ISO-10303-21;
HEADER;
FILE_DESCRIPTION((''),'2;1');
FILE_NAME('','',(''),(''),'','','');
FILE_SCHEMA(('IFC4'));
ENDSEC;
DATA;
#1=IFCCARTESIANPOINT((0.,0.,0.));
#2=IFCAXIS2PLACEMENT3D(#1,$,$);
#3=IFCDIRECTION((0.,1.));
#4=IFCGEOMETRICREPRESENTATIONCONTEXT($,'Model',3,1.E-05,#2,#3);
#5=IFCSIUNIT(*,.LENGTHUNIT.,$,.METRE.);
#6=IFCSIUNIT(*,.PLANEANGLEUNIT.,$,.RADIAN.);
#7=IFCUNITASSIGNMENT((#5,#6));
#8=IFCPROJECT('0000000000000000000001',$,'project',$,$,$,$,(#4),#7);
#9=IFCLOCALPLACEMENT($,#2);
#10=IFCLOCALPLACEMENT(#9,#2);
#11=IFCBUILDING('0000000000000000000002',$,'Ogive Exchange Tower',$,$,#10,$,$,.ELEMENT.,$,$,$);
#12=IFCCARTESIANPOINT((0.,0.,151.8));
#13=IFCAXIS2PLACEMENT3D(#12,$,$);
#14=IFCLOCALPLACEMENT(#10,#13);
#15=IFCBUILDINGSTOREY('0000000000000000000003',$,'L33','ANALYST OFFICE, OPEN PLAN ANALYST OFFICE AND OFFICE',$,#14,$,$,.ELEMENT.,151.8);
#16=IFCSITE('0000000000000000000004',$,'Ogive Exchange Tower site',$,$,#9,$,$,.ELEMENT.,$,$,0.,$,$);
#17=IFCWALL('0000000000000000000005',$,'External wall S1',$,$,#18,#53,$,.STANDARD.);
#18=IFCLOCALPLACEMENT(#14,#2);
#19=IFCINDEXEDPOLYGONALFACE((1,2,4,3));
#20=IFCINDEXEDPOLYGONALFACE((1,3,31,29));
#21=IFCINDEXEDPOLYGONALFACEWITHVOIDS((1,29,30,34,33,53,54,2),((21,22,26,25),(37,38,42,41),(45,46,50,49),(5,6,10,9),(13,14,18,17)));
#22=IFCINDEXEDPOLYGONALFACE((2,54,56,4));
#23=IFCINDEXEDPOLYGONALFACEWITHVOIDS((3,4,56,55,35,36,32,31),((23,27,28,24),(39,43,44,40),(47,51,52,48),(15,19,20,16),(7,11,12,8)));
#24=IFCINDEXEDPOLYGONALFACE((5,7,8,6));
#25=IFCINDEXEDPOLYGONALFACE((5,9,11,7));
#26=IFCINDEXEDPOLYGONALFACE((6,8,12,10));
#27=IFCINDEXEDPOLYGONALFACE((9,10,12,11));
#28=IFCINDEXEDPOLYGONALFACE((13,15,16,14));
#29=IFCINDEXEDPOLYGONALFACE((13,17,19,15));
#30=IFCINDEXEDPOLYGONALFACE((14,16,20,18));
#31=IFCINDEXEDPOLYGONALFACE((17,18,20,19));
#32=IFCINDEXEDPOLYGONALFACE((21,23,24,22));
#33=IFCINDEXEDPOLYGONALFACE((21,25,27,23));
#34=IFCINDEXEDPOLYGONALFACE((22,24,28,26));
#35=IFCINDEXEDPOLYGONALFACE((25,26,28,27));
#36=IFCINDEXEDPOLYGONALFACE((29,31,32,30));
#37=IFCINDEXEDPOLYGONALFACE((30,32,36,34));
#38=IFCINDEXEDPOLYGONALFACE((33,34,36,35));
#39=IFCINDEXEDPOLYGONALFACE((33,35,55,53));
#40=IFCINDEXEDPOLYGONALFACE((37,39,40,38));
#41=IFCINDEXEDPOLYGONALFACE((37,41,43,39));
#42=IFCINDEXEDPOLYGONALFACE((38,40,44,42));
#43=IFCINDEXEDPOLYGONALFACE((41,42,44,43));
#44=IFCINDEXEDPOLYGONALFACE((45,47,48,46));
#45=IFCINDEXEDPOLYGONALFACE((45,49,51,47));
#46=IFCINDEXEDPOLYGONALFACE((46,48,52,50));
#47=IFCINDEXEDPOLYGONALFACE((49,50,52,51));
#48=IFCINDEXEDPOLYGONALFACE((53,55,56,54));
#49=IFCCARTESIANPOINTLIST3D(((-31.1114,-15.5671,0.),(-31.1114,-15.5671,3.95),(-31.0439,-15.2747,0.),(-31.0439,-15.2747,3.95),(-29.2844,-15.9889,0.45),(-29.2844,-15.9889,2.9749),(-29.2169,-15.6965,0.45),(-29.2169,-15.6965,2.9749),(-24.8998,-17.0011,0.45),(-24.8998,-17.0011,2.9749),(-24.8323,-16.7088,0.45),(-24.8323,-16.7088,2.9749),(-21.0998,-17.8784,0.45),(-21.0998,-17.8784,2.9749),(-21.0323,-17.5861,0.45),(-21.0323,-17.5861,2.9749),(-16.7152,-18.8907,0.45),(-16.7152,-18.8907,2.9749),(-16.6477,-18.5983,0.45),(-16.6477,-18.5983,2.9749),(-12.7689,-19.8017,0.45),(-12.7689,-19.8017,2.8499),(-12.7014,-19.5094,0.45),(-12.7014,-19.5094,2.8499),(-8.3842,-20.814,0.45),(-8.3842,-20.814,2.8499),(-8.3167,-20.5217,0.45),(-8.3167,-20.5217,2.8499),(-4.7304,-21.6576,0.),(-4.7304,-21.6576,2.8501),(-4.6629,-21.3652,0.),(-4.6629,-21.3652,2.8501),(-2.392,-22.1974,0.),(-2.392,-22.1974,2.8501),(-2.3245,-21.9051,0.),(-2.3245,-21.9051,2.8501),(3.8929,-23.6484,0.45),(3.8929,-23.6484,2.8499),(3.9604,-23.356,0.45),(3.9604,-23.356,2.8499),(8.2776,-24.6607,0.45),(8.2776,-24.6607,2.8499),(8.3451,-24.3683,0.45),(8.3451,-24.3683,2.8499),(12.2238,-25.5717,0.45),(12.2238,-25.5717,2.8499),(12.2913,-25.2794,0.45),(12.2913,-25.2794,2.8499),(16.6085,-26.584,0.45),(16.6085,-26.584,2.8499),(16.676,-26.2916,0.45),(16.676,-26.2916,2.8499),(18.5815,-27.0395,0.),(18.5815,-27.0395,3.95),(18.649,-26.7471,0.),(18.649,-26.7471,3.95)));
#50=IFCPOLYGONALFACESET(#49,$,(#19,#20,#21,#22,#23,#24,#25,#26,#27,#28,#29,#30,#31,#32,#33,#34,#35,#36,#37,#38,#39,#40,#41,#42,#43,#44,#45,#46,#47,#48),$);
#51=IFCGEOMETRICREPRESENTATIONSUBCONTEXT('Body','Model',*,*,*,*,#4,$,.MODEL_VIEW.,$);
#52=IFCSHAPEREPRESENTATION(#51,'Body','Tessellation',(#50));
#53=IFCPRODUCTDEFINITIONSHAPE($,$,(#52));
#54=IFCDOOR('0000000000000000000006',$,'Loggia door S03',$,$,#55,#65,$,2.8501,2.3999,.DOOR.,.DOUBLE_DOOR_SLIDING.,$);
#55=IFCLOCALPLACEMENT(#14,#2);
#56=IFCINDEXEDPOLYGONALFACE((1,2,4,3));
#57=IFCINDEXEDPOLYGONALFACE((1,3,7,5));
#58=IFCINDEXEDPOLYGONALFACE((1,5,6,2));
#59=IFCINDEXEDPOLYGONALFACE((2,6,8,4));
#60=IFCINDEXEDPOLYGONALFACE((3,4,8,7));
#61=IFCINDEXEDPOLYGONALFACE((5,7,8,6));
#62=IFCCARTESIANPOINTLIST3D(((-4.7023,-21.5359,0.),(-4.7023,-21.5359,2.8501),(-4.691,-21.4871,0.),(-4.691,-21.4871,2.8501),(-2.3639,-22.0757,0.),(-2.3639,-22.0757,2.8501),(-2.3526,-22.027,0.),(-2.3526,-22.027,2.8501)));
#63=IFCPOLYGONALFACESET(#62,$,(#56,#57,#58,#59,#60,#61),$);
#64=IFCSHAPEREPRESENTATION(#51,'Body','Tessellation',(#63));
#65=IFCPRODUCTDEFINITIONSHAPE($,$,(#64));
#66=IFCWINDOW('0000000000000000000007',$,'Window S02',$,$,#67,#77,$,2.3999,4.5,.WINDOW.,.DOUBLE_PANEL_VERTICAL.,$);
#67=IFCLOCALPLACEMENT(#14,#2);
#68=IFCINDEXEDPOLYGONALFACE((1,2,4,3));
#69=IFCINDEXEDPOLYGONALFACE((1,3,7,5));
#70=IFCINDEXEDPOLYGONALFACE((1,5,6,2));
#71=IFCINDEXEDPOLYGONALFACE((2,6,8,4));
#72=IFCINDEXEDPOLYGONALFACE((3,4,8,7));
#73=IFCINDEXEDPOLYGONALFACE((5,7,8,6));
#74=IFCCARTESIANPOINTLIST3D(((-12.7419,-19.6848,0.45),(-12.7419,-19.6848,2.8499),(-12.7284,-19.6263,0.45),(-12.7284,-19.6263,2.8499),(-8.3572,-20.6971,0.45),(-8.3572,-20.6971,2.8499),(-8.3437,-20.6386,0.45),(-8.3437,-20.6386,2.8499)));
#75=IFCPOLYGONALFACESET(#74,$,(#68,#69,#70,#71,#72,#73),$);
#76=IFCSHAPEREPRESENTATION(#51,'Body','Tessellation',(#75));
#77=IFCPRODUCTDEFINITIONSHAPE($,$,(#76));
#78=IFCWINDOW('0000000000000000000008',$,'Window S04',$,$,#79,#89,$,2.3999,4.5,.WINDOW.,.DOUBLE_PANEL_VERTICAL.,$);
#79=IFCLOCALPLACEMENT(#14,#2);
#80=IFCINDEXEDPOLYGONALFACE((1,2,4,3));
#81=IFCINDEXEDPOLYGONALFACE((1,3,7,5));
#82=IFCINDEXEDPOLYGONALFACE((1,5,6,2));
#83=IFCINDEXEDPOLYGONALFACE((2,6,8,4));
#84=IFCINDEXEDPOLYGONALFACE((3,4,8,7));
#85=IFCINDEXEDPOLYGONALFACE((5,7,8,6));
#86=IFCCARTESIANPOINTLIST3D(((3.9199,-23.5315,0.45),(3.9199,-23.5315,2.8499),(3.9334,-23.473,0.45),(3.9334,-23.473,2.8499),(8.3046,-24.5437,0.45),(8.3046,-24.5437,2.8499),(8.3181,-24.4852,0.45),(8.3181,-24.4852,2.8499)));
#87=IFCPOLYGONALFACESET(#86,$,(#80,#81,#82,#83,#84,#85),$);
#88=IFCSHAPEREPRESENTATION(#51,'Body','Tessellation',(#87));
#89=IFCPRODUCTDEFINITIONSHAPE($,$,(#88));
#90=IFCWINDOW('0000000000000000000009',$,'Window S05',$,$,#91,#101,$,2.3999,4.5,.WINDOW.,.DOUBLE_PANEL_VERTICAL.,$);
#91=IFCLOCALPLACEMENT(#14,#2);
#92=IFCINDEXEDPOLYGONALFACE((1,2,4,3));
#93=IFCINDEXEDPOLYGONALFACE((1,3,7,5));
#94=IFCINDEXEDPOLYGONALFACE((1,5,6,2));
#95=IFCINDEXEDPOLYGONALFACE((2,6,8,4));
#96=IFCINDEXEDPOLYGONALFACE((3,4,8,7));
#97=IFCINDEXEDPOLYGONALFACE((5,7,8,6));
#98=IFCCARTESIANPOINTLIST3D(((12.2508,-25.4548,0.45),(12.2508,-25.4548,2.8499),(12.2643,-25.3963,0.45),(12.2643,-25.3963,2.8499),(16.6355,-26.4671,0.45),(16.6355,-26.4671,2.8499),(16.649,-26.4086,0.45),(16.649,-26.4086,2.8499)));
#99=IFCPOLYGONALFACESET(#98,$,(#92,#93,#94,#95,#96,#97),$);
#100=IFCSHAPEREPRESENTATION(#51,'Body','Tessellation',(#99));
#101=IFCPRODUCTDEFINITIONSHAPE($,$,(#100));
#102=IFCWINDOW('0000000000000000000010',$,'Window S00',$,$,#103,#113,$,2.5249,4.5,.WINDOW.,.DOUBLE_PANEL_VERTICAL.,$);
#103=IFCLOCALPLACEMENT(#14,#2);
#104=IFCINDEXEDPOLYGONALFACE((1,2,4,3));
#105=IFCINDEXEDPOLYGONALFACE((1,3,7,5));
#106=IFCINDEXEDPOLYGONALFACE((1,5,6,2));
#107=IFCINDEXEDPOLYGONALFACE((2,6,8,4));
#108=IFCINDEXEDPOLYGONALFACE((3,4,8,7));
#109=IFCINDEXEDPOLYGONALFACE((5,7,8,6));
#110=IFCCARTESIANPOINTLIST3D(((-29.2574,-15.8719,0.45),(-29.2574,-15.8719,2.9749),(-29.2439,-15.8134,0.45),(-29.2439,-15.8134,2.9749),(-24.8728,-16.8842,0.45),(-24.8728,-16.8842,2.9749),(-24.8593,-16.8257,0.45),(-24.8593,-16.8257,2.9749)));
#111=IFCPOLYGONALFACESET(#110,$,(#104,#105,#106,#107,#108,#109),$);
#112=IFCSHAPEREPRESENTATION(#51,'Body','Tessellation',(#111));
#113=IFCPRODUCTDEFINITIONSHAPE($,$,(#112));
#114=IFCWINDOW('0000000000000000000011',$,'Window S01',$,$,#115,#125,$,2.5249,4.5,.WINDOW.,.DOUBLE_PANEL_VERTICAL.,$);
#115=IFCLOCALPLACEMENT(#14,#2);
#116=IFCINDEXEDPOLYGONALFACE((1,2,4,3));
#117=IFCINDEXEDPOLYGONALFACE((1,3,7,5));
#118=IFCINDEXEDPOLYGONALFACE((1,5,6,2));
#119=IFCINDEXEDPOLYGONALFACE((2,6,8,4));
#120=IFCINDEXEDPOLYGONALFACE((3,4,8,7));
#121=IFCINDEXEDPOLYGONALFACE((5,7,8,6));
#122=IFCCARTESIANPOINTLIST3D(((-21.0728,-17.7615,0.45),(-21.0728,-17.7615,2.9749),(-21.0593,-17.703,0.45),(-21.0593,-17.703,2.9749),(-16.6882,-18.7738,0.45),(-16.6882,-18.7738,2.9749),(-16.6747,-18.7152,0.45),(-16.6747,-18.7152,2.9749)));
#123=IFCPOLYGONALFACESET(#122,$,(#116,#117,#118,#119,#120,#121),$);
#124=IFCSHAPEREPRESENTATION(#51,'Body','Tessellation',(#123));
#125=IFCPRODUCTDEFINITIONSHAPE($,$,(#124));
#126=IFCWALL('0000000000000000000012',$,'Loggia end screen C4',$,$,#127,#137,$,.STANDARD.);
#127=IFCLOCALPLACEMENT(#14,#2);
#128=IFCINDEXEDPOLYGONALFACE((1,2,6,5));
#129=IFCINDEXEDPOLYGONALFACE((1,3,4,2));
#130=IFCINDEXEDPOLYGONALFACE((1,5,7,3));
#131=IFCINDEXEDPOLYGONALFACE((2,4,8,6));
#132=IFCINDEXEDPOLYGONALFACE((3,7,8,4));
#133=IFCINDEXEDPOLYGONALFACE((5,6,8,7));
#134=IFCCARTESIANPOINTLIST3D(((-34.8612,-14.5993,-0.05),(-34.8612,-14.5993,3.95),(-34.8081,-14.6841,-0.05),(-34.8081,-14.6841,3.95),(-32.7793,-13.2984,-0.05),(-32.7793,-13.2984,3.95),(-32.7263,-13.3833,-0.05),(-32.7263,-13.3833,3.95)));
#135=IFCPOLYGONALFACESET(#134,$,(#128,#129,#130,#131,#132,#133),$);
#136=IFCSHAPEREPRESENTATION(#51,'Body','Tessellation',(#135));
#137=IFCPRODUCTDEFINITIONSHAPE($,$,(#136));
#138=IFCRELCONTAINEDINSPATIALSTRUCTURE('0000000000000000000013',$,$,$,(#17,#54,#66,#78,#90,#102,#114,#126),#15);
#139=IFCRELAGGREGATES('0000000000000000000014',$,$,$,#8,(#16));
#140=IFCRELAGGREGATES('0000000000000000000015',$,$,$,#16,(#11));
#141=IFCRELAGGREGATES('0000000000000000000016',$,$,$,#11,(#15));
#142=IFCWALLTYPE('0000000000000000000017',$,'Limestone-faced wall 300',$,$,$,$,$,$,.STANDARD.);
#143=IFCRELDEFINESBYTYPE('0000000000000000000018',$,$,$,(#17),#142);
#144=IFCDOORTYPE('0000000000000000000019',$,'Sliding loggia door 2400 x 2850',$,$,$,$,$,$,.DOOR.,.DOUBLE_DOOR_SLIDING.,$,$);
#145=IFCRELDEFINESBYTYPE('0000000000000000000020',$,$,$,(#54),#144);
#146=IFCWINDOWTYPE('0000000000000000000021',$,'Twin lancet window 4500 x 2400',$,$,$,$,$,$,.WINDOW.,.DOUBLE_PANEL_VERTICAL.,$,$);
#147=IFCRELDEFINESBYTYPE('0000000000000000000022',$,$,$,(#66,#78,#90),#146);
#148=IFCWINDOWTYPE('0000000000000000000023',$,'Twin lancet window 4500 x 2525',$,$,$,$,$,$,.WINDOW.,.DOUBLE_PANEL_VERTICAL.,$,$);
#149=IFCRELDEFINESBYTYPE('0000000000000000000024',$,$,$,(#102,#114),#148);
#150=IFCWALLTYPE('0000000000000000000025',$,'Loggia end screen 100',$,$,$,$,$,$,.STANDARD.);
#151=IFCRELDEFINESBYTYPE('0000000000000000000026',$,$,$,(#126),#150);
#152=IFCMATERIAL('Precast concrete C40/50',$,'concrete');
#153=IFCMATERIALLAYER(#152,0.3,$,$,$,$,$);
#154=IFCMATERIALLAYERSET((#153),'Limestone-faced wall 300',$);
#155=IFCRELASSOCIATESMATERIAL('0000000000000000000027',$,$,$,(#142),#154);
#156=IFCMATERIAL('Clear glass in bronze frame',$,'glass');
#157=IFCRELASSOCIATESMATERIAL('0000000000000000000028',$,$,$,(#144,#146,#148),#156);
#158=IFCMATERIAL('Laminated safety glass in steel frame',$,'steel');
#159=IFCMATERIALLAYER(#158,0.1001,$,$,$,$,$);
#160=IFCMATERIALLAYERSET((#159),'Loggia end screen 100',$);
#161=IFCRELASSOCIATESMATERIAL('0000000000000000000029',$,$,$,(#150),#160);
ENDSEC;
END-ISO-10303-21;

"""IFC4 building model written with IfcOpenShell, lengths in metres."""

from ifc_helpers import new_model, si_unit, direction, frame, frame_2d, origin, place, context, subcontext, project, spatial, rectangle, extrude, material, layer, layer_set, type_object, element, fill, save


model = new_model("IFC4")

# Units and contexts
model_context = context("Model", 3, precision=1e-05, world=origin(), true_north=direction((0.0, 1.0)))
body_context = subcontext(model_context, "Body", "Model", "MODEL_VIEW")
ifc_project = project(units=[si_unit("LENGTHUNIT", "METRE"), si_unit("PLANEANGLEUNIT", "RADIAN")], contexts=[model_context])

# Site, building, storey
site_placement = place(None, origin())
site = spatial("IfcSite", under=ifc_project, at=site_placement, Name="Ogive Exchange Tower site", CompositionType="ELEMENT", RefElevation=0.0)
building_placement = place(site_placement, origin())
building = spatial("IfcBuilding", under=site, at=building_placement, Name="Ogive Exchange Tower", CompositionType="ELEMENT")
storey_placement = place(building_placement, frame((0.0, 0.0, 151.8)))
storey = spatial("IfcBuildingStorey", under=building, at=storey_placement, Name="L33", Description="ANALYST OFFICE, OPEN PLAN ANALYST OFFICE AND OFFICE", CompositionType="ELEMENT", Elevation=151.8)

# Wall, openings, door, windows
ifc_material_1 = material(Name="Precast concrete C40/50", Category="concrete")
ifc_layer_1 = layer(ifc_material_1, 0.3)
ifc_layer_set_1 = layer_set([ifc_layer_1], Name="Limestone-faced wall 300")
wall_type_1 = type_object("IfcWallType", Name="Limestone-faced wall 300", PredefinedType="STANDARD", material=ifc_layer_set_1)
wall_1_placement = place(storey_placement, frame((-31.0776, -15.4209, 0.0), z_axis=(0.0, 0.0, 1.0), x_axis=(0.97437, -0.224949, 0.0)))
wall_1 = element("IfcWall", 1, at=wall_1_placement, inside=storey, type_object=wall_type_1, Name="External wall S1", PredefinedType="STANDARD", context=body_context, shape_type="SweptSolid", body=[
    extrude(rectangle(XDim=51.0, YDim=0.3, at=frame_2d((25.5, 0.0))), origin(), (0.0, 0.0, 1.0), 3.95),
])
opening_1_placement = place(wall_1_placement, frame((1.875, 0.0, 0.45)))
opening_1 = element("IfcOpeningElement", 2, at=opening_1_placement, cuts=wall_1, PredefinedType="OPENING", context=body_context, shape_type="SweptSolid", body=[
    extrude(rectangle(XDim=4.5, YDim=2.5249, at=frame_2d((2.25, 1.2625))), frame((0.0, 0.1599, 0.0), z_axis=(0.0, -1.0, 0.0), x_axis=(1.0, 0.0, 0.0)), (0.0, 0.0, 1.0), 0.3201),
])
opening_2_placement = place(wall_1_placement, frame((10.2749, 0.0, 0.45)))
opening_2 = element("IfcOpeningElement", 3, at=opening_2_placement, cuts=wall_1, PredefinedType="OPENING", context=body_context, shape_type="SweptSolid", body=[
    extrude(rectangle(XDim=4.5, YDim=2.5249, at=frame_2d((2.25, 1.2625))), frame((0.0, 0.1599, 0.0), z_axis=(0.0, -1.0, 0.0), x_axis=(1.0, 0.0, 0.0)), (0.0, 0.0, 1.0), 0.3201),
])
opening_3_placement = place(wall_1_placement, frame((18.825, 0.0, 0.45)))
opening_3 = element("IfcOpeningElement", 4, at=opening_3_placement, cuts=wall_1, PredefinedType="OPENING", context=body_context, shape_type="SweptSolid", body=[
    extrude(rectangle(XDim=4.5, YDim=2.3999, at=frame_2d((2.25, 1.2))), frame((0.0, 0.1599, 0.0), z_axis=(0.0, -1.0, 0.0), x_axis=(1.0, 0.0, 0.0)), (0.0, 0.0, 1.0), 0.3201),
])
opening_4_placement = place(wall_1_placement, frame((27.075, 0.0, 0.0)))
opening_4 = element("IfcOpeningElement", 5, at=opening_4_placement, cuts=wall_1, PredefinedType="OPENING", context=body_context, shape_type="SweptSolid", body=[
    extrude(rectangle(XDim=2.3999, YDim=2.8501, at=frame_2d((1.2, 1.425))), frame((0.0, 0.1599, 0.0), z_axis=(0.0, -1.0, 0.0), x_axis=(1.0, 0.0, 0.0)), (0.0, 0.0, 1.0), 0.3201),
])
opening_5_placement = place(wall_1_placement, frame((35.925, 0.0, 0.45)))
opening_5 = element("IfcOpeningElement", 6, at=opening_5_placement, cuts=wall_1, PredefinedType="OPENING", context=body_context, shape_type="SweptSolid", body=[
    extrude(rectangle(XDim=4.5, YDim=2.3999, at=frame_2d((2.25, 1.2))), frame((0.0, 0.1599, 0.0), z_axis=(0.0, -1.0, 0.0), x_axis=(1.0, 0.0, 0.0)), (0.0, 0.0, 1.0), 0.3201),
])
opening_6_placement = place(wall_1_placement, frame((44.4751, 0.0, 0.45)))
opening_6 = element("IfcOpeningElement", 7, at=opening_6_placement, cuts=wall_1, PredefinedType="OPENING", context=body_context, shape_type="SweptSolid", body=[
    extrude(rectangle(XDim=4.5, YDim=2.3999, at=frame_2d((2.25, 1.2))), frame((0.0, 0.1599, 0.0), z_axis=(0.0, -1.0, 0.0), x_axis=(1.0, 0.0, 0.0)), (0.0, 0.0, 1.0), 0.3201),
])
ifc_material_2 = material(Name="Clear glass in bronze frame", Category="glass")
door_type_1 = type_object("IfcDoorType", Name="Sliding loggia door 2400 x 2850", OperationType="DOUBLE_DOOR_SLIDING", PredefinedType="DOOR", material=ifc_material_2)
door_1_placement = place(opening_4_placement, origin())
door_1 = element("IfcDoor", 8, at=door_1_placement, inside=storey, type_object=door_type_1, Name="Loggia door S03", OperationType="DOUBLE_DOOR_SLIDING", OverallHeight=2.8501, OverallWidth=2.3999, PredefinedType="DOOR", context=body_context, shape_type="SweptSolid", body=[
    extrude(rectangle(XDim=2.3999, YDim=2.8501, at=frame_2d((1.2, 1.425))), frame((0.0, 0.0249, 0.0), z_axis=(0.0, -1.0, 0.0), x_axis=(1.0, 0.0, 0.0)), (0.0, 0.0, 1.0), 0.05),
])
fill(opening_4, door_1)
window_type_1 = type_object("IfcWindowType", Name="Twin lancet window 4500 x 2400", PartitioningType="DOUBLE_PANEL_VERTICAL", PredefinedType="WINDOW", material=ifc_material_2)
window_1_placement = place(opening_3_placement, origin())
window_1 = element("IfcWindow", 9, at=window_1_placement, inside=storey, type_object=window_type_1, Name="Window S02", OverallHeight=2.3999, OverallWidth=4.5, PartitioningType="DOUBLE_PANEL_VERTICAL", PredefinedType="WINDOW", context=body_context, shape_type="SweptSolid", body=[
    extrude(rectangle(XDim=4.5, YDim=2.3999, at=frame_2d((2.25, 1.2))), frame((0.0, 0.03, 0.0), z_axis=(0.0, -1.0, 0.0), x_axis=(1.0, 0.0, 0.0)), (0.0, 0.0, 1.0), 0.0601),
])
fill(opening_3, window_1)
window_2_placement = place(opening_5_placement, origin())
window_2 = element("IfcWindow", 10, at=window_2_placement, inside=storey, type_object=window_type_1, Name="Window S04", OverallHeight=2.3999, OverallWidth=4.5, PartitioningType="DOUBLE_PANEL_VERTICAL", PredefinedType="WINDOW", context=body_context, shape_type="SweptSolid", body=[
    extrude(rectangle(XDim=4.5, YDim=2.3999, at=frame_2d((2.25, 1.2))), frame((0.0, 0.03, 0.0), z_axis=(0.0, -1.0, 0.0), x_axis=(1.0, 0.0, 0.0)), (0.0, 0.0, 1.0), 0.0601),
])
fill(opening_5, window_2)
window_3_placement = place(opening_6_placement, origin())
window_3 = element("IfcWindow", 11, at=window_3_placement, inside=storey, type_object=window_type_1, Name="Window S05", OverallHeight=2.3999, OverallWidth=4.5, PartitioningType="DOUBLE_PANEL_VERTICAL", PredefinedType="WINDOW", context=body_context, shape_type="SweptSolid", body=[
    extrude(rectangle(XDim=4.5, YDim=2.3999, at=frame_2d((2.25, 1.2))), frame((0.0, 0.03, 0.0), z_axis=(0.0, -1.0, 0.0), x_axis=(1.0, 0.0, 0.0)), (0.0, 0.0, 1.0), 0.0601),
])
fill(opening_6, window_3)
window_type_2 = type_object("IfcWindowType", Name="Twin lancet window 4500 x 2525", PartitioningType="DOUBLE_PANEL_VERTICAL", PredefinedType="WINDOW", material=ifc_material_2)
window_4_placement = place(opening_1_placement, origin())
window_4 = element("IfcWindow", 12, at=window_4_placement, inside=storey, type_object=window_type_2, Name="Window S00", OverallHeight=2.5249, OverallWidth=4.5, PartitioningType="DOUBLE_PANEL_VERTICAL", PredefinedType="WINDOW", context=body_context, shape_type="SweptSolid", body=[
    extrude(rectangle(XDim=4.5, YDim=2.5249, at=frame_2d((2.25, 1.2625))), frame((0.0, 0.03, 0.0), z_axis=(0.0, -1.0, 0.0), x_axis=(1.0, 0.0, 0.0)), (0.0, 0.0, 1.0), 0.0601),
])
fill(opening_1, window_4)
window_5_placement = place(opening_2_placement, origin())
window_5 = element("IfcWindow", 13, at=window_5_placement, inside=storey, type_object=window_type_2, Name="Window S01", OverallHeight=2.5249, OverallWidth=4.5, PartitioningType="DOUBLE_PANEL_VERTICAL", PredefinedType="WINDOW", context=body_context, shape_type="SweptSolid", body=[
    extrude(rectangle(XDim=4.5, YDim=2.5249, at=frame_2d((2.25, 1.2625))), frame((0.0, 0.03, 0.0), z_axis=(0.0, -1.0, 0.0), x_axis=(1.0, 0.0, 0.0)), (0.0, 0.0, 1.0), 0.0601),
])
fill(opening_2, window_5)

# Wall
ifc_material_3 = material(Name="Laminated safety glass in steel frame", Category="steel")
ifc_layer_2 = layer(ifc_material_3, 0.1001)
ifc_layer_set_2 = layer_set([ifc_layer_2], Name="Loggia end screen 100")
wall_type_2 = type_object("IfcWallType", Name="Loggia end screen 100", PredefinedType="STANDARD", material=ifc_layer_set_2)
wall_2_placement = place(storey_placement, frame((-32.7527, -13.3408, -0.05), z_axis=(0.0, 0.0, 1.0), x_axis=(-0.84806, -0.529901, 0.0)))
element("IfcWall", 14, at=wall_2_placement, inside=storey, type_object=wall_type_2, Name="Loggia end screen C4", PredefinedType="STANDARD", context=body_context, shape_type="SweptSolid", body=[
    extrude(rectangle(XDim=2.4548, YDim=0.1001, at=frame_2d((1.2275, 0.0))), origin(), (0.0, 0.0, 1.0), 4.0),
])

save(model, "model.ifc")
